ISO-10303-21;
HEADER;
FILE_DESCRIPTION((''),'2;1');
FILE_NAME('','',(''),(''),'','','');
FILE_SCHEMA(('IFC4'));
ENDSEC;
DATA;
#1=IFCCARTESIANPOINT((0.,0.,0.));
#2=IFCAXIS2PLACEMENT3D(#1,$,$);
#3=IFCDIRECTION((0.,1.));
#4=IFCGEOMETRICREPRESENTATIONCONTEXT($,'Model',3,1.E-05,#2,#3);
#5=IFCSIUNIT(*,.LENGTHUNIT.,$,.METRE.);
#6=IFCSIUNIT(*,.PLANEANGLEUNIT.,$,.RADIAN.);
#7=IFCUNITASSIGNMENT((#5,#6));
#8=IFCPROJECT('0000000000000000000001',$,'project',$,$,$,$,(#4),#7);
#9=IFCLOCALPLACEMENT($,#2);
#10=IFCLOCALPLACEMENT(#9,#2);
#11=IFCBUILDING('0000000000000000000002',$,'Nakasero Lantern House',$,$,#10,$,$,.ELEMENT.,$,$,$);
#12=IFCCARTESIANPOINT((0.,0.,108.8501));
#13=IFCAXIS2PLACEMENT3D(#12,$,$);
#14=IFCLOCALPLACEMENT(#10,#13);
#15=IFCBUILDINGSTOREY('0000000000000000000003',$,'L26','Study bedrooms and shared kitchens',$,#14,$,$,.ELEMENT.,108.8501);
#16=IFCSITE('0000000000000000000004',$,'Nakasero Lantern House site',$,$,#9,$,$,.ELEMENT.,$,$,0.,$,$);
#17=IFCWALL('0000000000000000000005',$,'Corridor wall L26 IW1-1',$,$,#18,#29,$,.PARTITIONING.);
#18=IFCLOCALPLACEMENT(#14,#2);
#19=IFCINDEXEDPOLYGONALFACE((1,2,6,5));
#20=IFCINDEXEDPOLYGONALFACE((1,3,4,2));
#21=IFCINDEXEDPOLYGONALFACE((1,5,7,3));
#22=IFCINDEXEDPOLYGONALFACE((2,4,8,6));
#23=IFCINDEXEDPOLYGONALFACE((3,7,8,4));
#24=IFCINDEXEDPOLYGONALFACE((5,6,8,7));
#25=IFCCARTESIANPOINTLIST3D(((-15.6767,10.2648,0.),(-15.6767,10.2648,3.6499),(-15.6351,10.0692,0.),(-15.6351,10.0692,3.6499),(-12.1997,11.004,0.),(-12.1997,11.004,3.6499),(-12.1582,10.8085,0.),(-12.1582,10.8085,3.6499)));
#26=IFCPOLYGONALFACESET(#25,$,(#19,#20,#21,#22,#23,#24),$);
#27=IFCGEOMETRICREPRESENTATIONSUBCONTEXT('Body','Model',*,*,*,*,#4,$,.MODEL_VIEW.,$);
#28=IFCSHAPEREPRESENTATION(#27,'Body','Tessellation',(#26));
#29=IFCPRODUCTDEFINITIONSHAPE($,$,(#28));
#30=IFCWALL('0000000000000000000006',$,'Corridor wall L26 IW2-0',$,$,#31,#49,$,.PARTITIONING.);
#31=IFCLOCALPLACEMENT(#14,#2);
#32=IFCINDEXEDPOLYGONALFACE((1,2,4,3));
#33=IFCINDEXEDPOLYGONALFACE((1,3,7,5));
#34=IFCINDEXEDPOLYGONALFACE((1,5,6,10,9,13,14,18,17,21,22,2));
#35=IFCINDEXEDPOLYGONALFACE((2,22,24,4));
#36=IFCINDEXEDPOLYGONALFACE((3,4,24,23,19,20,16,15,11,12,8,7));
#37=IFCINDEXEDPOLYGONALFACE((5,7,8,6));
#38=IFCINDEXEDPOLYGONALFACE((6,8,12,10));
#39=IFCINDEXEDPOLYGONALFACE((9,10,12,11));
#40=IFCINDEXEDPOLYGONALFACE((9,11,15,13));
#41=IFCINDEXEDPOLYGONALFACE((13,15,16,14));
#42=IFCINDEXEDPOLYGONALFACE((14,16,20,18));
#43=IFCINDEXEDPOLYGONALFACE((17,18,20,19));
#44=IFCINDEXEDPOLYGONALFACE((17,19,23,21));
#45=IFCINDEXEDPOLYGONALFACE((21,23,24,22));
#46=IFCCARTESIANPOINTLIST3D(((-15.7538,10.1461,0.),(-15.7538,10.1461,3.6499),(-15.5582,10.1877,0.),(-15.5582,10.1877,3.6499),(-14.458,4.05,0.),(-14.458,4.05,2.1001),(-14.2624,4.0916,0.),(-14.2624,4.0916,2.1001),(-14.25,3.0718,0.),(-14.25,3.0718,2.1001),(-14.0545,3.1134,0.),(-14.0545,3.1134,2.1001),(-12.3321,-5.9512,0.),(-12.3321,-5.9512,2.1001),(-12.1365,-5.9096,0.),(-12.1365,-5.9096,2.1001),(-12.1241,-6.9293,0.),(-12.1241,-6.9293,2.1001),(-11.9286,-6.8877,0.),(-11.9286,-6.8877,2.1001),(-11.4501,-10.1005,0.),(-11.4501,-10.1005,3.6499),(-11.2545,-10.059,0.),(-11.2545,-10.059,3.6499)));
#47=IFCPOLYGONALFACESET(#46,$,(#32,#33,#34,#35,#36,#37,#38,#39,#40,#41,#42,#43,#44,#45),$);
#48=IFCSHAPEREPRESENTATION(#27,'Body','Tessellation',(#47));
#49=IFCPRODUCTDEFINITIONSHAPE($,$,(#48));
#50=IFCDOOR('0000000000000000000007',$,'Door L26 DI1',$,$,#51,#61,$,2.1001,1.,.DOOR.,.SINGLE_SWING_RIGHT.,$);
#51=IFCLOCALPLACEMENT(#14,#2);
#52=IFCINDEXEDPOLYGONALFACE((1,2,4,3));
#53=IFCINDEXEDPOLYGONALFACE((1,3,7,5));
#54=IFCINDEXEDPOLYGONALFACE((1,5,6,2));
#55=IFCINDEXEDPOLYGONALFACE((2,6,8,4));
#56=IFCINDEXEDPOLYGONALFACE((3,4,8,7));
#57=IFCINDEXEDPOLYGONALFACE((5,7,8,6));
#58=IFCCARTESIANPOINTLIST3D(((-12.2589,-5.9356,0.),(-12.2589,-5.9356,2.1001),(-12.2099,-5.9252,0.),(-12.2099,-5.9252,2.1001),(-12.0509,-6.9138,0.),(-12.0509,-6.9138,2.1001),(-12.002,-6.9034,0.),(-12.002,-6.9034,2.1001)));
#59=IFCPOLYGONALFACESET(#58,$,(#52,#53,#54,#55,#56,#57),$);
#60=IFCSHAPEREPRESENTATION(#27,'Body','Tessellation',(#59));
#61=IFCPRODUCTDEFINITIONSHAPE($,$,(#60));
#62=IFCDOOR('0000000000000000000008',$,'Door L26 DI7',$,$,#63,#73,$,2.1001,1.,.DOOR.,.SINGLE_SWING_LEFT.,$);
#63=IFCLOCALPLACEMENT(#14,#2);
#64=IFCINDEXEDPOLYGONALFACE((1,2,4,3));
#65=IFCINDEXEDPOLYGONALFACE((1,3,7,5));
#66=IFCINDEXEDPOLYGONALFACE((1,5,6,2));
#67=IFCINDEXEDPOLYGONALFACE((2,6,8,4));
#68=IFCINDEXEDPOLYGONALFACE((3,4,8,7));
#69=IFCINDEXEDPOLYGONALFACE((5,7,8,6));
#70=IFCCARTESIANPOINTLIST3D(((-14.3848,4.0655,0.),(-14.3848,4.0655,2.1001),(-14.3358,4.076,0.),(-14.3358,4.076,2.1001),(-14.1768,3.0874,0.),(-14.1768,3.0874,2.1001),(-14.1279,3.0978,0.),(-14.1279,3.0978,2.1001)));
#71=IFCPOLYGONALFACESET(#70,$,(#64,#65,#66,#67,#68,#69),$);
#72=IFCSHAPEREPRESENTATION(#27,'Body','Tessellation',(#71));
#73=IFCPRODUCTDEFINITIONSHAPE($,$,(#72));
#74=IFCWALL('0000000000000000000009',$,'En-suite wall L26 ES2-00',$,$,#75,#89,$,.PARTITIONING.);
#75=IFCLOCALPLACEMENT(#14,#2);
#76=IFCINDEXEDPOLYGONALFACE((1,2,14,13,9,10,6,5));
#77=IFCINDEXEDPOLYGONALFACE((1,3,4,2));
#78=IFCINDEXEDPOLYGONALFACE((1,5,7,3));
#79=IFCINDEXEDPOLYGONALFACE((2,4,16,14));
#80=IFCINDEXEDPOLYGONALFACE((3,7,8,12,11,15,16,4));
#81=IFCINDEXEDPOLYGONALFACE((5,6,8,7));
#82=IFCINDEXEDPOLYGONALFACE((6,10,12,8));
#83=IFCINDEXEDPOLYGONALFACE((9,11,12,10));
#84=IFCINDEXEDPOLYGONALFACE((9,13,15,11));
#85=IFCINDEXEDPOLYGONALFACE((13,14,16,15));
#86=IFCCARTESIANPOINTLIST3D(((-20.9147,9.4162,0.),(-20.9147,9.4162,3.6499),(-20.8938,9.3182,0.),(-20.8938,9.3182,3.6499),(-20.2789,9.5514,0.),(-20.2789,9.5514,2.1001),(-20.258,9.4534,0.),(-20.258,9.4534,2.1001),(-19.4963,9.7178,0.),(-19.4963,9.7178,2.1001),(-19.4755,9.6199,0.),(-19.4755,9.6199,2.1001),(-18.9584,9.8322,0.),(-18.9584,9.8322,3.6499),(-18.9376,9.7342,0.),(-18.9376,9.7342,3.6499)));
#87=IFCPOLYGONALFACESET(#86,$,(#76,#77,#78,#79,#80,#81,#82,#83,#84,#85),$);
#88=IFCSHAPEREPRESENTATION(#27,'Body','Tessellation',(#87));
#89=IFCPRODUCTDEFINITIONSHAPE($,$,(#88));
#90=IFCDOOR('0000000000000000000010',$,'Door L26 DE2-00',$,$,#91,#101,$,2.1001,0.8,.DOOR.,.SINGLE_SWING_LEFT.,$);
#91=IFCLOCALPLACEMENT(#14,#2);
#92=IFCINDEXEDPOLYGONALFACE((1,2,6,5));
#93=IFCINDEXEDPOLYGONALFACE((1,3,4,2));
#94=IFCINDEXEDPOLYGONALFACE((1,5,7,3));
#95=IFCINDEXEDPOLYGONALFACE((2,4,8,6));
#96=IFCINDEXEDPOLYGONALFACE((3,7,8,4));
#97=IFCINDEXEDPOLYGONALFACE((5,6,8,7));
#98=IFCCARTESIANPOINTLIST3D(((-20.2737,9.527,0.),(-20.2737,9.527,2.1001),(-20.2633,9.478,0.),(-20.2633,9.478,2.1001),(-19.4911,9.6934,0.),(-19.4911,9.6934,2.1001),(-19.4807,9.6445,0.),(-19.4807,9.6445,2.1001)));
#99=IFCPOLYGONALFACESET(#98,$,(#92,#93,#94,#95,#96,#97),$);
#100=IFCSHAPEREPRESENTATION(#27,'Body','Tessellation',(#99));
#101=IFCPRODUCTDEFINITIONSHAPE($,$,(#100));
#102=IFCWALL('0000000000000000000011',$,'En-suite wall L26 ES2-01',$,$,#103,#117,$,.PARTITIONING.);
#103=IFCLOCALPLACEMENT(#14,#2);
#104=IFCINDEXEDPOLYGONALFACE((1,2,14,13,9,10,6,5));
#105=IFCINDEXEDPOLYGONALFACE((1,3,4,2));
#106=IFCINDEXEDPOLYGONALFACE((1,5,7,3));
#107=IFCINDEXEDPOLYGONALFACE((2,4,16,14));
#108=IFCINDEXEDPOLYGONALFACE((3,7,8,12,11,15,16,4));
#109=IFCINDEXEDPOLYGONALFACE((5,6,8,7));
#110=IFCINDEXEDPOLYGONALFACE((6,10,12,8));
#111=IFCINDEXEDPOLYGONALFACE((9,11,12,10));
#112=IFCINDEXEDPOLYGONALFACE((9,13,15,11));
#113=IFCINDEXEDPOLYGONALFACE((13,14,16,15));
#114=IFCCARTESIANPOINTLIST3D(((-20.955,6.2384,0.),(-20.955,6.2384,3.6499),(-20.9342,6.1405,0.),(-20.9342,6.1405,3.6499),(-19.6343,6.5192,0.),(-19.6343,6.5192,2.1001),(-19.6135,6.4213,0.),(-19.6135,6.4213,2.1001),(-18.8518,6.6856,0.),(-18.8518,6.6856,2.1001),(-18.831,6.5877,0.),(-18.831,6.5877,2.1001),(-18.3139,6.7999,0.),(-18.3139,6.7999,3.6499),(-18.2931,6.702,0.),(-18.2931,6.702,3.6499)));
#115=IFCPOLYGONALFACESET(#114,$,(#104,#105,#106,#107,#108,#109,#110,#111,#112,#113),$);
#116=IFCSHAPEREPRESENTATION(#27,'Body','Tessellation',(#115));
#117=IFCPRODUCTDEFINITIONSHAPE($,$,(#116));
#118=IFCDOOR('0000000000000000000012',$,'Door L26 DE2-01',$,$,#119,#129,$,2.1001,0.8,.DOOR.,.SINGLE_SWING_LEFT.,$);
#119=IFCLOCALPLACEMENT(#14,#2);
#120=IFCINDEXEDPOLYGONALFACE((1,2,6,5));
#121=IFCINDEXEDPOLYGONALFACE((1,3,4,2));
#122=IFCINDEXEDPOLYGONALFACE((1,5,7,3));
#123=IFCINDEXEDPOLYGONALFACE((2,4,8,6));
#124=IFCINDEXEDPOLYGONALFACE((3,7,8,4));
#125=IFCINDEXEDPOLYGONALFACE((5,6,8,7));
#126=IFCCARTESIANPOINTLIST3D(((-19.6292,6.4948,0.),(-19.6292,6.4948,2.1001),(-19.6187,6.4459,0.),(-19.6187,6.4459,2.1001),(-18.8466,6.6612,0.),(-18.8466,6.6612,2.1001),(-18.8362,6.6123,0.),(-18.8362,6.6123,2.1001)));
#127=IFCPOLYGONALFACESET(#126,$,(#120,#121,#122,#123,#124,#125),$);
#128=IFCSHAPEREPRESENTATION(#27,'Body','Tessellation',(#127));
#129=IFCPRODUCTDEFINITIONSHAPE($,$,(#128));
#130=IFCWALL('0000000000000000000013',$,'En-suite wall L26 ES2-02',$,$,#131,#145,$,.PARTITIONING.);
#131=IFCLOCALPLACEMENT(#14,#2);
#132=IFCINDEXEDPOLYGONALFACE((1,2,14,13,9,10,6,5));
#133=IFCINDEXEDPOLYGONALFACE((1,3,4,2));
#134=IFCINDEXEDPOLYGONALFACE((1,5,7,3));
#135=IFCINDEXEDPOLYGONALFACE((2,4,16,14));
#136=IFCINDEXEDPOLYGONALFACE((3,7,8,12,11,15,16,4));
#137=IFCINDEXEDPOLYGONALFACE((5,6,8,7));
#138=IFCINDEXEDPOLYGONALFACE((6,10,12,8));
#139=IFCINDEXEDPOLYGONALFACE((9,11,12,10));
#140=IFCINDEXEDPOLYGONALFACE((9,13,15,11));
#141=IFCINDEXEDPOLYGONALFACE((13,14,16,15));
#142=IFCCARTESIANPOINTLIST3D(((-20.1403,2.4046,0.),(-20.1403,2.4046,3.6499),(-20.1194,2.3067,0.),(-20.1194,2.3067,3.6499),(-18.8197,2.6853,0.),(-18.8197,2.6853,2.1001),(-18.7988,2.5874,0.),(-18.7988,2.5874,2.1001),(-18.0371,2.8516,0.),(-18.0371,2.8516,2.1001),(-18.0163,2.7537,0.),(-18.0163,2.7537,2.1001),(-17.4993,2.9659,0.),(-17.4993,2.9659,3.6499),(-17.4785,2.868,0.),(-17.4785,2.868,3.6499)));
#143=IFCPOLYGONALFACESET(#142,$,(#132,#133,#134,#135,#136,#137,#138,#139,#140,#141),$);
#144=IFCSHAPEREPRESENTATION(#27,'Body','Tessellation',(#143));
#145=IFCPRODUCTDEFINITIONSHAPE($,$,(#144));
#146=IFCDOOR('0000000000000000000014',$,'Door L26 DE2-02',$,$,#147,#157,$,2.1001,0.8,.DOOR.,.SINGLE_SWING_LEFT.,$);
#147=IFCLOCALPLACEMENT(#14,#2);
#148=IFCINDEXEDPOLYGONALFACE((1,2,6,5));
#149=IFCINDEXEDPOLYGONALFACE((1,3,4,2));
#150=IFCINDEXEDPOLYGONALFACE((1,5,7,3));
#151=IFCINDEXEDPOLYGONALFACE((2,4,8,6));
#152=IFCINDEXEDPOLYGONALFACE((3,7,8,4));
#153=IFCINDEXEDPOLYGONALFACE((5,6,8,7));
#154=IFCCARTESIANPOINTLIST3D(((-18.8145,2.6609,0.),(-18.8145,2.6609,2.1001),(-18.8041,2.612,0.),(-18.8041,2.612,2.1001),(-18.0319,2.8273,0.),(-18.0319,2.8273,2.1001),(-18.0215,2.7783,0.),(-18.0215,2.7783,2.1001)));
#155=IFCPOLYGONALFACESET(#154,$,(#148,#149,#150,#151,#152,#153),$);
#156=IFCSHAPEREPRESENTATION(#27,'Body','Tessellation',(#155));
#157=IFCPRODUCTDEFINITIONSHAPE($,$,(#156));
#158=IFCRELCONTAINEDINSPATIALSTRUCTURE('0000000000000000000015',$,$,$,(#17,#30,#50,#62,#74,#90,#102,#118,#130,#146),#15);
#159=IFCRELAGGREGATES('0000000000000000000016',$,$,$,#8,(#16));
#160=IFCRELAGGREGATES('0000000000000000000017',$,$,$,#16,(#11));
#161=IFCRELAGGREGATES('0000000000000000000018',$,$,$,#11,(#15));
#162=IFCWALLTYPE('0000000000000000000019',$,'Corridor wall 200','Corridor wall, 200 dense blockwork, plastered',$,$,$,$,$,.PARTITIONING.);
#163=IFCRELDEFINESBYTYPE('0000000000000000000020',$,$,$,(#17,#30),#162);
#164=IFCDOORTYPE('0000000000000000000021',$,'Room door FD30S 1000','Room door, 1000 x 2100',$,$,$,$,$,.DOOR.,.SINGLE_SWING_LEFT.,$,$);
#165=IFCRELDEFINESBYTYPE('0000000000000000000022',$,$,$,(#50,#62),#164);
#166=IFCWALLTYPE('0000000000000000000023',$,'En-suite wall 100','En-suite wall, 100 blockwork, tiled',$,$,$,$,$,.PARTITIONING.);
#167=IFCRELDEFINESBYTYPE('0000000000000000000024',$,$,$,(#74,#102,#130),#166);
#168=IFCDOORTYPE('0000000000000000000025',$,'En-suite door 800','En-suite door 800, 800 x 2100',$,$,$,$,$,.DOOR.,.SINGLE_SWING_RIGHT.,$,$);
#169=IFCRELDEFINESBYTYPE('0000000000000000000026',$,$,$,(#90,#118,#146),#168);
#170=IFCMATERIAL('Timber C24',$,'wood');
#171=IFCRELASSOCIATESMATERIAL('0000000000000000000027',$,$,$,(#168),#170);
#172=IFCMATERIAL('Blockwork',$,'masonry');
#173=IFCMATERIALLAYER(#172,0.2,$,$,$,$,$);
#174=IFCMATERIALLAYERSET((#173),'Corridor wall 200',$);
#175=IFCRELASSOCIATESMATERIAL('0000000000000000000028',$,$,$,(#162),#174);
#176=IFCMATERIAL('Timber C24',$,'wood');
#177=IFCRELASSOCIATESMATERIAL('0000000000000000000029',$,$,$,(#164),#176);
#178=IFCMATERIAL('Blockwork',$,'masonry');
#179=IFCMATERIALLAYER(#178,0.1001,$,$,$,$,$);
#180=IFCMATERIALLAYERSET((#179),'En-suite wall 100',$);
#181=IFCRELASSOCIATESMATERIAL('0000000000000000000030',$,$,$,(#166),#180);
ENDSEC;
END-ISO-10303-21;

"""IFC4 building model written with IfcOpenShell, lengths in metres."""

from ifc_helpers import new_model, si_unit, direction, frame, frame_2d, origin, place, context, subcontext, project, spatial, rectangle, extrude, material, layer, layer_set, type_object, element, fill, save


model = new_model("IFC4")

# Units and contexts
model_context = context("Model", 3, precision=1e-05, world=origin(), true_north=direction((0.0, 1.0)))
body_context = subcontext(model_context, "Body", "Model", "MODEL_VIEW")
ifc_project = project(units=[si_unit("LENGTHUNIT", "METRE"), si_unit("PLANEANGLEUNIT", "RADIAN")], contexts=[model_context])

# Site, building, storey
site_placement = place(None, origin())
site = spatial("IfcSite", under=ifc_project, at=site_placement, Name="Nakasero Lantern House site", CompositionType="ELEMENT", RefElevation=0.0)
building_placement = place(site_placement, origin())
building = spatial("IfcBuilding", under=site, at=building_placement, Name="Nakasero Lantern House", CompositionType="ELEMENT")
storey_placement = place(building_placement, frame((0.0, 0.0, 108.8501)))
storey = spatial("IfcBuildingStorey", under=building, at=storey_placement, Name="L26", Description="Study bedrooms and shared kitchens", CompositionType="ELEMENT", Elevation=108.8501)

# Shared definitions
ifc_material_1 = material(Name="Timber C24", Category="wood")
door_type_1 = type_object("IfcDoorType", Name="En-suite door 800", Description="En-suite door 800, 800 x 2100", OperationType="SINGLE_SWING_RIGHT", PredefinedType="DOOR", material=ifc_material_1)

# Wall
ifc_material_2 = material(Name="Blockwork", Category="masonry")
ifc_layer_1 = layer(ifc_material_2, 0.2)
ifc_layer_set_1 = layer_set([ifc_layer_1], Name="Corridor wall 200")
wall_type_1 = type_object("IfcWallType", Name="Corridor wall 200", Description="Corridor wall, 200 dense blockwork, plastered", PredefinedType="PARTITIONING", material=ifc_layer_set_1)
wall_1_placement = place(storey_placement, frame((-12.179, 10.9062, 0.0), z_axis=(0.0, 0.0, 1.0), x_axis=(-0.978137, -0.207962, 0.0)))
element("IfcWall", 1, at=wall_1_placement, inside=storey, type_object=wall_type_1, Name="Corridor wall L26 IW1-1", PredefinedType="PARTITIONING", context=body_context, shape_type="SweptSolid", body=[
    extrude(rectangle(XDim=3.5547, YDim=0.2, at=frame_2d((1.7773, 0.0))), origin(), (0.0, 0.0, 1.0), 3.6499),
])

# Wall, openings, doors
wall_2_placement = place(storey_placement, frame((-15.656, 10.167, 0.0), z_axis=(0.0, 0.0, 1.0), x_axis=(0.207919, -0.978146, 0.0)))
wall_2 = element("IfcWall", 2, at=wall_2_placement, inside=storey, type_object=wall_type_1, Name="Corridor wall L26 IW2-0", PredefinedType="PARTITIONING", context=body_context, shape_type="SweptSolid", body=[
    extrude(rectangle(XDim=20.699, YDim=0.2, at=frame_2d((10.3496, 0.0))), origin(), (0.0, 0.0, 1.0), 3.6499),
])
opening_1_placement = place(wall_2_placement, frame((16.457, 0.0, 0.0)))
opening_1 = element("IfcOpeningElement", 3, at=opening_1_placement, cuts=wall_2, PredefinedType="OPENING", context=body_context, shape_type="SweptSolid", body=[
    extrude(rectangle(XDim=1.0, YDim=2.1001, at=frame_2d((0.5, 1.05))), frame((0.0, 0.1199, 0.0), z_axis=(0.0, -1.0, 0.0), x_axis=(1.0, 0.0, 0.0)), (0.0, 0.0, 1.0), 0.24),
])
opening_2_placement = place(wall_2_placement, frame((6.2324, 0.0, 0.0)))
opening_2 = element("IfcOpeningElement", 4, at=opening_2_placement, cuts=wall_2, PredefinedType="OPENING", context=body_context, shape_type="SweptSolid", body=[
    extrude(rectangle(XDim=1.0, YDim=2.1001, at=frame_2d((0.5, 1.05))), frame((0.0, 0.1199, 0.0), z_axis=(0.0, -1.0, 0.0), x_axis=(1.0, 0.0, 0.0)), (0.0, 0.0, 1.0), 0.24),
])
ifc_material_3 = material(Name="Timber C24", Category="wood")
door_type_2 = type_object("IfcDoorType", Name="Room door FD30S 1000", Description="Room door, 1000 x 2100", OperationType="SINGLE_SWING_LEFT", PredefinedType="DOOR", material=ifc_material_3)
door_1_placement = place(opening_1_placement, origin())
door_1 = element("IfcDoor", 5, at=door_1_placement, inside=storey, type_object=door_type_2, Name="Door L26 DI1", OperationType="SINGLE_SWING_RIGHT", OverallHeight=2.1001, OverallWidth=1.0, PredefinedType="DOOR", context=body_context, shape_type="SweptSolid", body=[
    extrude(rectangle(XDim=1.0, YDim=2.1001, at=frame_2d((0.5, 1.05))), frame((0.0, 0.0249, 0.0), z_axis=(0.0, -1.0, 0.0), x_axis=(1.0, 0.0, 0.0)), (0.0, 0.0, 1.0), 0.05),
])
fill(opening_1, door_1)
door_2_placement = place(opening_2_placement, origin())
door_2 = element("IfcDoor", 6, at=door_2_placement, inside=storey, type_object=door_type_2, Name="Door L26 DI7", OperationType="SINGLE_SWING_LEFT", OverallHeight=2.1001, OverallWidth=1.0, PredefinedType="DOOR", context=body_context, shape_type="SweptSolid", body=[
    extrude(rectangle(XDim=1.0, YDim=2.1001, at=frame_2d((0.5, 1.05))), frame((0.0, 0.0249, 0.0), z_axis=(0.0, -1.0, 0.0), x_axis=(1.0, 0.0, 0.0)), (0.0, 0.0, 1.0), 0.05),
])
fill(opening_2, door_2)

# Walls, openings, doors
ifc_material_4 = material(Name="Blockwork", Category="masonry")
ifc_layer_2 = layer(ifc_material_4, 0.1001)
ifc_layer_set_2 = layer_set([ifc_layer_2], Name="En-suite wall 100")
wall_type_2 = type_object("IfcWallType", Name="En-suite wall 100", Description="En-suite wall, 100 blockwork, tiled", PredefinedType="PARTITIONING", material=ifc_layer_set_2)
wall_3_placement = place(storey_placement, frame((-18.948, 9.7832, 0.0), z_axis=(0.0, 0.0, 1.0), x_axis=(-0.978128, -0.208003, 0.0)))
wall_3 = element("IfcWall", 7, at=wall_3_placement, inside=storey, type_object=wall_type_2, Name="En-suite wall L26 ES2-00", PredefinedType="PARTITIONING", context=body_context, shape_type="SweptSolid", body=[
    extrude(rectangle(XDim=2.0, YDim=0.1001, at=frame_2d((1.0, 0.0))), origin(), (0.0, 0.0, 1.0), 3.6499),
])
opening_3_placement = place(wall_3_placement, frame((0.55, 0.0, 0.0)))
opening_3 = element("IfcOpeningElement", 8, at=opening_3_placement, cuts=wall_3, PredefinedType="OPENING", context=body_context, shape_type="SweptSolid", body=[
    extrude(rectangle(XDim=0.8, YDim=2.1001, at=frame_2d((0.3999, 1.05))), frame((0.0, 0.0701, 0.0), z_axis=(0.0, -1.0, 0.0), x_axis=(1.0, 0.0, 0.0)), (0.0, 0.0, 1.0), 0.1401),
])
door_3_placement = place(opening_3_placement, origin())
door_3 = element("IfcDoor", 9, at=door_3_placement, inside=storey, type_object=door_type_1, Name="Door L26 DE2-00", OperationType="SINGLE_SWING_LEFT", OverallHeight=2.1001, OverallWidth=0.8, PredefinedType="DOOR", context=body_context, shape_type="SweptSolid", body=[
    extrude(rectangle(XDim=0.8, YDim=2.1001, at=frame_2d((0.3999, 1.05))), frame((0.0, 0.0249, 0.0), z_axis=(0.0, -1.0, 0.0), x_axis=(1.0, 0.0, 0.0)), (0.0, 0.0, 1.0), 0.05),
])
fill(opening_3, door_3)
wall_4_placement = place(storey_placement, frame((-18.3035, 6.751, 0.0), z_axis=(0.0, 0.0, 1.0), x_axis=(-0.978137, -0.20796, 0.0)))
wall_4 = element("IfcWall", 10, at=wall_4_placement, inside=storey, type_object=wall_type_2, Name="En-suite wall L26 ES2-01", PredefinedType="PARTITIONING", context=body_context, shape_type="SweptSolid", body=[
    extrude(rectangle(XDim=2.7002, YDim=0.1001, at=frame_2d((1.3501, 0.0))), origin(), (0.0, 0.0, 1.0), 3.6499),
])
opening_4_placement = place(wall_4_placement, frame((0.55, 0.0, 0.0)))
opening_4 = element("IfcOpeningElement", 11, at=opening_4_placement, cuts=wall_4, PredefinedType="OPENING", context=body_context, shape_type="SweptSolid", body=[
    extrude(rectangle(XDim=0.8, YDim=2.1001, at=frame_2d((0.3999, 1.05))), frame((0.0, 0.0701, 0.0), z_axis=(0.0, -1.0, 0.0), x_axis=(1.0, 0.0, 0.0)), (0.0, 0.0, 1.0), 0.1401),
])
door_4_placement = place(opening_4_placement, origin())
door_4 = element("IfcDoor", 12, at=door_4_placement, inside=storey, type_object=door_type_1, Name="Door L26 DE2-01", OperationType="SINGLE_SWING_LEFT", OverallHeight=2.1001, OverallWidth=0.8, PredefinedType="DOOR", context=body_context, shape_type="SweptSolid", body=[
    extrude(rectangle(XDim=0.8, YDim=2.1001, at=frame_2d((0.3999, 1.05))), frame((0.0, 0.0249, 0.0), z_axis=(0.0, -1.0, 0.0), x_axis=(1.0, 0.0, 0.0)), (0.0, 0.0, 1.0), 0.05),
])
fill(opening_4, door_4)
wall_5_placement = place(storey_placement, frame((-17.4888, 2.917, 0.0), z_axis=(0.0, 0.0, 1.0), x_axis=(-0.978152, -0.207892, 0.0)))
wall_5 = element("IfcWall", 13, at=wall_5_placement, inside=storey, type_object=wall_type_2, Name="En-suite wall L26 ES2-02", PredefinedType="PARTITIONING", context=body_context, shape_type="SweptSolid", body=[
    extrude(rectangle(XDim=2.7, YDim=0.1001, at=frame_2d((1.3501, 0.0))), origin(), (0.0, 0.0, 1.0), 3.6499),
])
opening_5_placement = place(wall_5_placement, frame((0.55, 0.0, 0.0)))
opening_5 = element("IfcOpeningElement", 14, at=opening_5_placement, cuts=wall_5, PredefinedType="OPENING", context=body_context, shape_type="SweptSolid", body=[
    extrude(rectangle(XDim=0.8, YDim=2.1001, at=frame_2d((0.3999, 1.05))), frame((0.0, 0.0701, 0.0), z_axis=(0.0, -1.0, 0.0), x_axis=(1.0, 0.0, 0.0)), (0.0, 0.0, 1.0), 0.1401),
])
door_5_placement = place(opening_5_placement, origin())
door_5 = element("IfcDoor", 15, at=door_5_placement, inside=storey, type_object=door_type_1, Name="Door L26 DE2-02", OperationType="SINGLE_SWING_LEFT", OverallHeight=2.1001, OverallWidth=0.8, PredefinedType="DOOR", context=body_context, shape_type="SweptSolid", body=[
    extrude(rectangle(XDim=0.8, YDim=2.1001, at=frame_2d((0.3999, 1.05))), frame((0.0, 0.0249, 0.0), z_axis=(0.0, -1.0, 0.0), x_axis=(1.0, 0.0, 0.0)), (0.0, 0.0, 1.0), 0.05),
])
fill(opening_5, door_5)

save(model, "model.ifc")
